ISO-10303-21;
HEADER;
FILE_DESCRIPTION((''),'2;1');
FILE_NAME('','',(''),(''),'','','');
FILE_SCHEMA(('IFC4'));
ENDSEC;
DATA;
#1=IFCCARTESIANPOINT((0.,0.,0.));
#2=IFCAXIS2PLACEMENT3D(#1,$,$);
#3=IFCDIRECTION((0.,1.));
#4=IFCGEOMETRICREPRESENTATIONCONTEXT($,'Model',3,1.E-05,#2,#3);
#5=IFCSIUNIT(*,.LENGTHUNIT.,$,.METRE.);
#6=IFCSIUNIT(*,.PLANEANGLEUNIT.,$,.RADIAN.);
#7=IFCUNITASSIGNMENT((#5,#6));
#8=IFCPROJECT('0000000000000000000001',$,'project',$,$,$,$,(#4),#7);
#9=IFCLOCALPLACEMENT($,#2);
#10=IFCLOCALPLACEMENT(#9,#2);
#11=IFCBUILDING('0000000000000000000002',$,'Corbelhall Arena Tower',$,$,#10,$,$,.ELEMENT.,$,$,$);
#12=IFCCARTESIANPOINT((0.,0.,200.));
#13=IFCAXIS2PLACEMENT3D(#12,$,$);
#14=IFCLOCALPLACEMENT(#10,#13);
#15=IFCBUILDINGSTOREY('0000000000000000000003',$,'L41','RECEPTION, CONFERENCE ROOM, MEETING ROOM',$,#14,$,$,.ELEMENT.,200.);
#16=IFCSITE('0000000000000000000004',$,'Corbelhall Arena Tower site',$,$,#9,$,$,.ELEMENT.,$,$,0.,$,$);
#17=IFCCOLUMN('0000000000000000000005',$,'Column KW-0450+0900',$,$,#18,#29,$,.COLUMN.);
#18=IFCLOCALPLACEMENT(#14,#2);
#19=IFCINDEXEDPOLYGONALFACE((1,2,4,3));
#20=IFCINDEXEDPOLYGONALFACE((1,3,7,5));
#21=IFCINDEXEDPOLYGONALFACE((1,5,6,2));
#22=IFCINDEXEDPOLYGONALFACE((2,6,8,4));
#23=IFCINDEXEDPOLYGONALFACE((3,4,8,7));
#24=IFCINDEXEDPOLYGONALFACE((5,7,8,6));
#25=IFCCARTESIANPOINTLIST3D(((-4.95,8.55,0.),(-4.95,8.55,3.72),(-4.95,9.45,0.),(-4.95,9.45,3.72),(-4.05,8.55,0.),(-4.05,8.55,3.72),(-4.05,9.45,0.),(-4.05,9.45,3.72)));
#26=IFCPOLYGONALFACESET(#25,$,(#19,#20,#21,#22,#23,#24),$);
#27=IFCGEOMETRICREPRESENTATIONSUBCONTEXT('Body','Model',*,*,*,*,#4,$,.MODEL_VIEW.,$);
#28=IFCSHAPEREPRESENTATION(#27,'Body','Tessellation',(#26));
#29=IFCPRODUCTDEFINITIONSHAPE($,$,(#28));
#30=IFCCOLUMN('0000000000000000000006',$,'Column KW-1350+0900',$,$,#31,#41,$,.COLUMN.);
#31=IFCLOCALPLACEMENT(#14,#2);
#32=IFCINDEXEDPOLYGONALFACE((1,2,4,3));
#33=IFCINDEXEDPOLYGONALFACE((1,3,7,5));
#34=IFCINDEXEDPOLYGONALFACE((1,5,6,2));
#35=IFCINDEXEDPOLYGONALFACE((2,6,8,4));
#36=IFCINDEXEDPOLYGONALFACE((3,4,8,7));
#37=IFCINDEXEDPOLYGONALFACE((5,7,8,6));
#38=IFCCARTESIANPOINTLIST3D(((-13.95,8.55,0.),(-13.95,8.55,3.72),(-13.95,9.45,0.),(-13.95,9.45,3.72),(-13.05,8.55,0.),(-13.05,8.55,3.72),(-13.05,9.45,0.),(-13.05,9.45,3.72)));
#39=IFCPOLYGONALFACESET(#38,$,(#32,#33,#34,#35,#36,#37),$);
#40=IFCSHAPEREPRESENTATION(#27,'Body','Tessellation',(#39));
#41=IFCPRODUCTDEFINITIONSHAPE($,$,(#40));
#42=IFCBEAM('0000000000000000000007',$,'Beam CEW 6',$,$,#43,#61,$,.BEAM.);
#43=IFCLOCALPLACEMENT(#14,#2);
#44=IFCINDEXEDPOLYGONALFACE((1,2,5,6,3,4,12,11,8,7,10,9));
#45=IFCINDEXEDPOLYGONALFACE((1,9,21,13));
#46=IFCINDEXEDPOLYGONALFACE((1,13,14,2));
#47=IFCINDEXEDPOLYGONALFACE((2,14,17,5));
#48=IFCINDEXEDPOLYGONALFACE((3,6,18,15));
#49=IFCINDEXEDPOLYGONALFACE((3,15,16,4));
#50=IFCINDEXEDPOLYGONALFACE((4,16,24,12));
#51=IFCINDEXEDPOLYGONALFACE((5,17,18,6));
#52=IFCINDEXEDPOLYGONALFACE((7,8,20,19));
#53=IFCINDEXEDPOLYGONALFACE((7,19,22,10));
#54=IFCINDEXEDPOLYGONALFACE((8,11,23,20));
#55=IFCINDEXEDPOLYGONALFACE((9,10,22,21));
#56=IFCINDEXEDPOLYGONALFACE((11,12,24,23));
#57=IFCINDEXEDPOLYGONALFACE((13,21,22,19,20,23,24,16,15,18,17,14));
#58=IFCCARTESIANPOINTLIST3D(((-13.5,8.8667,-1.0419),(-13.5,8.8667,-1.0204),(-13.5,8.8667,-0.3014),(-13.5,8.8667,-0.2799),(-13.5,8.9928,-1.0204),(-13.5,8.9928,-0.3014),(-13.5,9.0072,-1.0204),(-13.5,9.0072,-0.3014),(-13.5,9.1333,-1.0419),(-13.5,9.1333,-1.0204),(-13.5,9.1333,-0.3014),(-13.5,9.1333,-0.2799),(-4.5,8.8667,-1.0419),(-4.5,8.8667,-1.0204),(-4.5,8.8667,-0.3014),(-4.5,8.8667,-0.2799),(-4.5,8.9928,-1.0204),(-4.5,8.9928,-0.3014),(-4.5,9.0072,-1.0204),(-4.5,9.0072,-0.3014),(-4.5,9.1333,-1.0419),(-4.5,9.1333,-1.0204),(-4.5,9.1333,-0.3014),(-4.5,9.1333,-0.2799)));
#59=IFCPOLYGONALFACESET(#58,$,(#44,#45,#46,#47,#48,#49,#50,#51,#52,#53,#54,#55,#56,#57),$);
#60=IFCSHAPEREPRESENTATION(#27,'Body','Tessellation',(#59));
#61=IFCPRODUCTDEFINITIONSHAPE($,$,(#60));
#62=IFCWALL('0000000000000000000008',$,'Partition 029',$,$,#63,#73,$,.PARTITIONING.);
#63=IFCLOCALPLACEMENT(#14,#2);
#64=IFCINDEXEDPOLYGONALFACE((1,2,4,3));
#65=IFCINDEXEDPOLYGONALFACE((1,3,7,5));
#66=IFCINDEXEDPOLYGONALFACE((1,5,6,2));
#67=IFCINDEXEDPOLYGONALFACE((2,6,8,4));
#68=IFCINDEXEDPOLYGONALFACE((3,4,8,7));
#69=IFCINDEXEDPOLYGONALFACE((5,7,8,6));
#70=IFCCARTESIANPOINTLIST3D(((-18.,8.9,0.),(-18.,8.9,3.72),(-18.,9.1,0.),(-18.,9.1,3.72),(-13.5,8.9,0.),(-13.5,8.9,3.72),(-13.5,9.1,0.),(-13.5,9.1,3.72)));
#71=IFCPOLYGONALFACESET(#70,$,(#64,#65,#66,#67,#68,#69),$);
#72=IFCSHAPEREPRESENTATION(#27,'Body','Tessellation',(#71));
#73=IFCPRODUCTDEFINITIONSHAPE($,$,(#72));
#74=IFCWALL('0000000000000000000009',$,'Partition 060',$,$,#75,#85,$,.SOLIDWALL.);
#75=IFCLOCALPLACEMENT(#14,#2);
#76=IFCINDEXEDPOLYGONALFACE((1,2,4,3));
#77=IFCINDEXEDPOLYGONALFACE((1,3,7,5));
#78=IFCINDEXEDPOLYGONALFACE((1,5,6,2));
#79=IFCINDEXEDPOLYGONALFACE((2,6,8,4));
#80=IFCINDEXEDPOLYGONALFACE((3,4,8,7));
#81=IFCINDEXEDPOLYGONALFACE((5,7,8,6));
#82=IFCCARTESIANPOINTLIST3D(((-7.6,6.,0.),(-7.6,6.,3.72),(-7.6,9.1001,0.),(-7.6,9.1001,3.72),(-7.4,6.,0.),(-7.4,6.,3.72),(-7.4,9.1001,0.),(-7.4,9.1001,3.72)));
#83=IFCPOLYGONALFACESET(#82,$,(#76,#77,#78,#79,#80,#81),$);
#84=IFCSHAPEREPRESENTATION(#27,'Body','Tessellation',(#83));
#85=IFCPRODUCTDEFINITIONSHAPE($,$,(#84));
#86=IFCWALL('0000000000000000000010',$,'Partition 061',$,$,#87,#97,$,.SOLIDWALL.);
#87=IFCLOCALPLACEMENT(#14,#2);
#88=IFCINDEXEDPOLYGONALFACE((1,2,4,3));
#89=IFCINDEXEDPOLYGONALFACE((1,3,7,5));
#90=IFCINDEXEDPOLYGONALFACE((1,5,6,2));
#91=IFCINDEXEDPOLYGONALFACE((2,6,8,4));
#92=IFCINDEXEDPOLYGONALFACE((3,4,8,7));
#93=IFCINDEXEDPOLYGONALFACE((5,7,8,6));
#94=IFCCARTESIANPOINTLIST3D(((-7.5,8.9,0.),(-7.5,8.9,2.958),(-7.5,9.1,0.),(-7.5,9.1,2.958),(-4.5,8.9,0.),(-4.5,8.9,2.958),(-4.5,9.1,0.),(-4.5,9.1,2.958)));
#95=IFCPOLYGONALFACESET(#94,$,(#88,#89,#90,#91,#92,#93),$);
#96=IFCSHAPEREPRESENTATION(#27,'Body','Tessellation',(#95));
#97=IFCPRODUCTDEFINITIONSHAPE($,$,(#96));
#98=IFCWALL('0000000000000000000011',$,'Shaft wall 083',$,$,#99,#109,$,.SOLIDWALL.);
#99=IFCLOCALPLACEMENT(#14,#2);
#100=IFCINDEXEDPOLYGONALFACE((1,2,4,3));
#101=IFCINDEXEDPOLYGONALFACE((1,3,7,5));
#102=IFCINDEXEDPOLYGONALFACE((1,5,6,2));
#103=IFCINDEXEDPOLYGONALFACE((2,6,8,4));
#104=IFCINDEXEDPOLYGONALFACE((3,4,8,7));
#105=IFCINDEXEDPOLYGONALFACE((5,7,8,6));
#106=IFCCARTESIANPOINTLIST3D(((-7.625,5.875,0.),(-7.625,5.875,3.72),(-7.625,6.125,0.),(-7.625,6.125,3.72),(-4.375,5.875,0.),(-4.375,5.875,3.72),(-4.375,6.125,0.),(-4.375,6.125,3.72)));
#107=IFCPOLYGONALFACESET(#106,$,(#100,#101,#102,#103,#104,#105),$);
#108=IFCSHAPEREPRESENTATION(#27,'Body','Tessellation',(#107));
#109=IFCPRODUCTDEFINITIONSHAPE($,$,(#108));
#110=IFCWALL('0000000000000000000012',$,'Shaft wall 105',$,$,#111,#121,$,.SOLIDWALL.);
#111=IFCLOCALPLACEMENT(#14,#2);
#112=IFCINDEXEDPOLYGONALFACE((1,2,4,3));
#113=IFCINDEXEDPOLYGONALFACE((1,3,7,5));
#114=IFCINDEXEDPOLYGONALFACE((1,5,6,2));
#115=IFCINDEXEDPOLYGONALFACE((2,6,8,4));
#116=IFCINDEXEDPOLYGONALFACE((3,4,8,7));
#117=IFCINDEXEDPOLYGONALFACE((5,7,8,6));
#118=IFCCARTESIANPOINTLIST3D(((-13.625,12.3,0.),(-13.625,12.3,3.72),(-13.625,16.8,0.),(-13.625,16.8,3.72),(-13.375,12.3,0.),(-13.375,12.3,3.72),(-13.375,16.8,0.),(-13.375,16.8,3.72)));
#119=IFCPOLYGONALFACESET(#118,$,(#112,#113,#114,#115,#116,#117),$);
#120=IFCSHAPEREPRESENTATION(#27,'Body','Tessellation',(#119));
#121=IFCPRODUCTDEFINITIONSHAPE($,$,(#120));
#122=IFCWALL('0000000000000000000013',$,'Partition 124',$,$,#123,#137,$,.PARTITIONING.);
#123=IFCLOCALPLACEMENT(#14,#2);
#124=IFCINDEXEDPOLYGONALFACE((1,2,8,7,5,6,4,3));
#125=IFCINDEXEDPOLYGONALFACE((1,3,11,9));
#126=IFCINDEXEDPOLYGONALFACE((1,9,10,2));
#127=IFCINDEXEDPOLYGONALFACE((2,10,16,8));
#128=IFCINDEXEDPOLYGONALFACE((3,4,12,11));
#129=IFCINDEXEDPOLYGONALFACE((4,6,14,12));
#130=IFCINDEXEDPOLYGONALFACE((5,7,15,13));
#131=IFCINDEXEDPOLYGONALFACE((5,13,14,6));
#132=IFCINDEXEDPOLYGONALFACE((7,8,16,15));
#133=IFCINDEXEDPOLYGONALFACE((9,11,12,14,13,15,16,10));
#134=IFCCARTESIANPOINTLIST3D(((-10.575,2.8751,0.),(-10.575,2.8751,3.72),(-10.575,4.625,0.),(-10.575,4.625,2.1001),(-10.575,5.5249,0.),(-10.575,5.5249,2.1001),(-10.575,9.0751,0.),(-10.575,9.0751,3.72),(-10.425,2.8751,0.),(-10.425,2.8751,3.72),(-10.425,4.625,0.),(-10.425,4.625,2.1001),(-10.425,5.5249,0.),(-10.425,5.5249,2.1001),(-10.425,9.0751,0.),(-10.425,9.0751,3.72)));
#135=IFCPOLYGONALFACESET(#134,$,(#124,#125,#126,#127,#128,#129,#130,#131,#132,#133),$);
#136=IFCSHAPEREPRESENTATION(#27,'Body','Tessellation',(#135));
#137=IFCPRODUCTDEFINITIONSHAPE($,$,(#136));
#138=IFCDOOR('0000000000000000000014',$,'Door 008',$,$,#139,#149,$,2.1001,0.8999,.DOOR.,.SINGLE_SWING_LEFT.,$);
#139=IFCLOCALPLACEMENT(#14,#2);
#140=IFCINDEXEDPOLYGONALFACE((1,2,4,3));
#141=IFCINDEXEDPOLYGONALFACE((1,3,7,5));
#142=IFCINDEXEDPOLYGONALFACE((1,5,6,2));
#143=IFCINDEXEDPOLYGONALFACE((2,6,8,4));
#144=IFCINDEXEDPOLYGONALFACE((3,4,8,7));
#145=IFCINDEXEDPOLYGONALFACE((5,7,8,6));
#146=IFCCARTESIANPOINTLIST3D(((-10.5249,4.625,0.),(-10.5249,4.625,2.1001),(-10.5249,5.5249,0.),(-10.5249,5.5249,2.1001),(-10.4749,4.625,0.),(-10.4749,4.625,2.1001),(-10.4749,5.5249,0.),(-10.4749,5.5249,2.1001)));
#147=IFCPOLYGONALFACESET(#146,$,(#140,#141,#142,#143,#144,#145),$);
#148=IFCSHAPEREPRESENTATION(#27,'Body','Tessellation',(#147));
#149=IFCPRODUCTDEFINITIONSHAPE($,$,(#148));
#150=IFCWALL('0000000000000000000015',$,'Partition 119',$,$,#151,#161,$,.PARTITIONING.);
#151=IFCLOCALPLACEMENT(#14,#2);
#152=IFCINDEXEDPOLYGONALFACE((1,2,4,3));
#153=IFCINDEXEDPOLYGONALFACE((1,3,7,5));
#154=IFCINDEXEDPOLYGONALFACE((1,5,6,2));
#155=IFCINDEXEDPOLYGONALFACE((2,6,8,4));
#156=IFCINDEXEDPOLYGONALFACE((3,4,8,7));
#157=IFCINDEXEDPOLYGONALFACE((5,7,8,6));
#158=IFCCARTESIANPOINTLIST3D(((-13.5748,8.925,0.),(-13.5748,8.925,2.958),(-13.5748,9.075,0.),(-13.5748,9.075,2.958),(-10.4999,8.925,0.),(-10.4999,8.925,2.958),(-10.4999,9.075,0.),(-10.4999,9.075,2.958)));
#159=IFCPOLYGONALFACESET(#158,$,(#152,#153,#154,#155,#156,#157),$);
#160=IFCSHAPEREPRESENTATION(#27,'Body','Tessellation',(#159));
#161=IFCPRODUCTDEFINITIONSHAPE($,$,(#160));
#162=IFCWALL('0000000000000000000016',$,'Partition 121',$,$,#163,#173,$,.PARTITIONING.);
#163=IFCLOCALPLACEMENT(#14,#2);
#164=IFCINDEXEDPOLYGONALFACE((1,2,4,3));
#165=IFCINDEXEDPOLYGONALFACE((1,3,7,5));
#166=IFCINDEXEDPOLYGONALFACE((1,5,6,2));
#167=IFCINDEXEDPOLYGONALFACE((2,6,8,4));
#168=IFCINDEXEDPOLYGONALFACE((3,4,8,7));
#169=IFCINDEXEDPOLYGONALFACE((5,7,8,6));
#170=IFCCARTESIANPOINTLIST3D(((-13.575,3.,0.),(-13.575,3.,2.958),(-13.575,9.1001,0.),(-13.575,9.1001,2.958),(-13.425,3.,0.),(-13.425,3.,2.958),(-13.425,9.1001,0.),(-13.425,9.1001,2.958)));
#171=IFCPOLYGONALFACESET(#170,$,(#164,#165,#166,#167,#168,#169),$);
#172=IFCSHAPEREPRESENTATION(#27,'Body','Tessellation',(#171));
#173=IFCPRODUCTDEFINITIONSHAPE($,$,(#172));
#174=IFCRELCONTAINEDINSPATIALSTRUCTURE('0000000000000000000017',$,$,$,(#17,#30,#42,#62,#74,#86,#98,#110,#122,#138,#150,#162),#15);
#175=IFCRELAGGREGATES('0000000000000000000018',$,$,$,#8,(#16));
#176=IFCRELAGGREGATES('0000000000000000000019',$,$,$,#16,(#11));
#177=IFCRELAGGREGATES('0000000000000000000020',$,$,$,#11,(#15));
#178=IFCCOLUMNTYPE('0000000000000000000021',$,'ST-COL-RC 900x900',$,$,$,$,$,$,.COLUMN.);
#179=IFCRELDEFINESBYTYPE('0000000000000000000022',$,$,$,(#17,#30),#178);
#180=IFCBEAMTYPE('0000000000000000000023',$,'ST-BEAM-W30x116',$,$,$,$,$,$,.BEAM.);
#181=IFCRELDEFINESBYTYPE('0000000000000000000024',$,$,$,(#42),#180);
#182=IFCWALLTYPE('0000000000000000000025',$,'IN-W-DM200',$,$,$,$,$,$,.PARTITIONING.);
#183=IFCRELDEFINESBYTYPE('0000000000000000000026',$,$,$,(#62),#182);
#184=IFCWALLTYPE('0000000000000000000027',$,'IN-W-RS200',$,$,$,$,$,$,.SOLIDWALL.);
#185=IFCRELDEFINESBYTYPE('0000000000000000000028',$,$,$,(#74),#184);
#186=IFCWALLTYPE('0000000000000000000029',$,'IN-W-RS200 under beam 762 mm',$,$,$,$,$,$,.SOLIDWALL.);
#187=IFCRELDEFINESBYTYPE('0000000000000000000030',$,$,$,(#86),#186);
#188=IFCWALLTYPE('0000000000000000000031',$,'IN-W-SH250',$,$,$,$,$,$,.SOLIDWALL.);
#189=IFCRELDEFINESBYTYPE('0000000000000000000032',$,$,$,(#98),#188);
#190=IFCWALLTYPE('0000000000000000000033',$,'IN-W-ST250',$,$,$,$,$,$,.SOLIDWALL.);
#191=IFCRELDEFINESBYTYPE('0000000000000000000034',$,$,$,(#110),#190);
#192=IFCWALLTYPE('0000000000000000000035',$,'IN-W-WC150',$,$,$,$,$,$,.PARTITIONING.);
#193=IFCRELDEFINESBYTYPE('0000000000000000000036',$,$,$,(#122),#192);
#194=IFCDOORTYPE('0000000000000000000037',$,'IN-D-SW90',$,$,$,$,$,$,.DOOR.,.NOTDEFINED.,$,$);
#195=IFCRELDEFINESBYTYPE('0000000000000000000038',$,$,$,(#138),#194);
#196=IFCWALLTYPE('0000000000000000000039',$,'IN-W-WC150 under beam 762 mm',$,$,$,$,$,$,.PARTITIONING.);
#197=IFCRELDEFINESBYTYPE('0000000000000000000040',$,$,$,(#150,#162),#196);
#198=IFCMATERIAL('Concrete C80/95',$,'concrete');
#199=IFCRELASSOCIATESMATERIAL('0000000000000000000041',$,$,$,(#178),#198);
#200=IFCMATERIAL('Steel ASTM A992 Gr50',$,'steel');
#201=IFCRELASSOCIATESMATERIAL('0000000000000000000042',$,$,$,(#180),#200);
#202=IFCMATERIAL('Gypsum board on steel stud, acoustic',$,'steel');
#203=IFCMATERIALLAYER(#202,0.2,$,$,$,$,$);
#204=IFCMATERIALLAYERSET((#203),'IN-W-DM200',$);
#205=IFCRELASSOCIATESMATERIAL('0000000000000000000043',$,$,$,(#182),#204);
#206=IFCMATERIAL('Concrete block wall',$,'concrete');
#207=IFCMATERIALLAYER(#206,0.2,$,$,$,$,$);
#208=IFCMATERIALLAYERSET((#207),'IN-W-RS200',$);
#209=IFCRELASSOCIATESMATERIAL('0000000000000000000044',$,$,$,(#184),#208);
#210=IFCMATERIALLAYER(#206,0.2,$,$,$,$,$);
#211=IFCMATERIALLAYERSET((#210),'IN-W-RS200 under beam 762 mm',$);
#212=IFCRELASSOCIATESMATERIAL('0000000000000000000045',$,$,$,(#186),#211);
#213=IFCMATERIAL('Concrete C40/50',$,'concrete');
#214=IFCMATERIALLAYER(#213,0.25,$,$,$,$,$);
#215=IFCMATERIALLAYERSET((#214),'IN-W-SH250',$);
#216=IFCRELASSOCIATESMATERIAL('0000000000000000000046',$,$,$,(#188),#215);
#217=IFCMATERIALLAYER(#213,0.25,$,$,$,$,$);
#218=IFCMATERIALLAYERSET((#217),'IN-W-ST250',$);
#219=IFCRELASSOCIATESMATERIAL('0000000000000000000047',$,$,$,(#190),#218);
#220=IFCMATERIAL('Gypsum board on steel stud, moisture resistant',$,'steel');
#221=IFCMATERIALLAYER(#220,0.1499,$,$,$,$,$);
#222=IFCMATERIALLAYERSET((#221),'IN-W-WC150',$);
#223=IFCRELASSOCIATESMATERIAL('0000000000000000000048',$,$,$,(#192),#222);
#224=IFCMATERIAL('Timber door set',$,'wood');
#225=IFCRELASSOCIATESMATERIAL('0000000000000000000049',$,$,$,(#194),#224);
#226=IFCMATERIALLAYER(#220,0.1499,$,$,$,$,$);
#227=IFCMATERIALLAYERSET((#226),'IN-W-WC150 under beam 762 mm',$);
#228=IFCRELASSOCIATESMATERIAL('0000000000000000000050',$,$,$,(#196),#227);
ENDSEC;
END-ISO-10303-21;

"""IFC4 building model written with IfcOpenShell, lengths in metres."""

from ifc_helpers import new_model, si_unit, direction, frame, frame_2d, origin, origin_2d, place, context, subcontext, project, spatial, rectangle, i_section, extrude, material, layer, layer_set, material_profile, profile_set, type_object, element, fill, save


model = new_model("IFC4")

# Units and contexts
model_context = context("Model", 3, precision=1e-05, world=origin(), true_north=direction((0.0, 1.0)))
body_context = subcontext(model_context, "Body", "Model", "MODEL_VIEW")
ifc_project = project(units=[si_unit("LENGTHUNIT", "METRE"), si_unit("PLANEANGLEUNIT", "RADIAN")], contexts=[model_context])

# Site, building, storey
site_placement = place(None, origin())
site = spatial("IfcSite", under=ifc_project, at=site_placement, Name="Corbelhall Arena Tower site", CompositionType="ELEMENT", RefElevation=0.0)
building_placement = place(site_placement, origin())
building = spatial("IfcBuilding", under=site, at=building_placement, Name="Corbelhall Arena Tower", CompositionType="ELEMENT")
storey_placement = place(building_placement, frame((0.0, 0.0, 200.0)))
storey = spatial("IfcBuildingStorey", under=building, at=storey_placement, Name="L41", Description="RECEPTION, CONFERENCE ROOM, MEETING ROOM", CompositionType="ELEMENT", Elevation=200.0)

# Columns
ifc_material_1 = material(Name="Concrete C80/95", Category="concrete")
ifc_material_profile_1 = material_profile(ifc_material_1, rectangle(XDim=0.8999, YDim=0.8999, at=origin_2d()))
ifc_profile_set_1 = profile_set([ifc_material_profile_1], Name="Concrete C80/95")
column_type = type_object("IfcColumnType", Name="ST-COL-RC 900x900", PredefinedType="COLUMN", material=ifc_profile_set_1)
for number, where, z_axis, x_axis, name in (
    (1, (-4.5, 9.0, 0.0), (0.0, 0.0, 1.0), (1.0, 0.0, 0.0), "Column KW-0450+0900"),
    (2, (-13.5, 9.0, 0.0), (0.0, 0.0, 1.0), (1.0, 0.0, 0.0), "Column KW-1350+0900"),
):
    element("IfcColumn", number, at=place(storey_placement, frame(where, z_axis=z_axis, x_axis=x_axis)), inside=storey, type_object=column_type, Name=name, PredefinedType="COLUMN", context=body_context, shape_type="SweptSolid", body=[
        extrude(rectangle(XDim=0.8999, YDim=0.8999, at=origin_2d()), origin(), (0.0, 0.0, 1.0), 3.72),
    ])

# Beam
ifc_material_2 = material(Name="Steel ASTM A992 Gr50", Category="steel")
ifc_material_profile_2 = material_profile(ifc_material_2, i_section(OverallWidth=0.2666, OverallDepth=0.762, WebThickness=0.0144, FlangeThickness=0.0215, at=origin_2d()))
ifc_profile_set_2 = profile_set([ifc_material_profile_2], Name="Steel ASTM A992 Gr50")
beam_type = type_object("IfcBeamType", Name="ST-BEAM-W30x116", PredefinedType="BEAM", material=ifc_profile_set_2)
beam_placement = place(storey_placement, frame((-13.5, 9.0, -0.6609), z_axis=(1.0, 0.0, 0.0), x_axis=(0.0, 1.0, 0.0)))
element("IfcBeam", 3, at=beam_placement, inside=storey, type_object=beam_type, Name="Beam CEW 6", PredefinedType="BEAM", context=body_context, shape_type="SweptSolid", body=[
    extrude(i_section(OverallWidth=0.2666, OverallDepth=0.762, WebThickness=0.0144, FlangeThickness=0.0215, at=origin_2d()), origin(), (0.0, 0.0, 1.0), 9.0),
])

# Walls
ifc_material_3 = material(Name="Gypsum board on steel stud, acoustic", Category="steel")
ifc_layer_1 = layer(ifc_material_3, 0.2)
ifc_layer_set_1 = layer_set([ifc_layer_1], Name="IN-W-DM200")
wall_type_1 = type_object("IfcWallType", Name="IN-W-DM200", PredefinedType="PARTITIONING", material=ifc_layer_set_1)
wall_1_placement = place(storey_placement, frame((-13.5, 9.0, 0.0), z_axis=(0.0, 0.0, 1.0), x_axis=(-1.0, 0.0, 0.0)))
element("IfcWall", 4, at=wall_1_placement, inside=storey, type_object=wall_type_1, Name="Partition 029", PredefinedType="PARTITIONING", context=body_context, shape_type="SweptSolid", body=[
    extrude(rectangle(XDim=4.5, YDim=0.2, at=frame_2d((2.25, 0.0))), origin(), (0.0, 0.0, 1.0), 3.72),
])
ifc_material_4 = material(Name="Concrete block wall", Category="concrete")
ifc_layer_2 = layer(ifc_material_4, 0.2)
ifc_layer_set_2 = layer_set([ifc_layer_2], Name="IN-W-RS200")
wall_type_2 = type_object("IfcWallType", Name="IN-W-RS200", PredefinedType="SOLIDWALL", material=ifc_layer_set_2)
wall_2_placement = place(storey_placement, frame((-7.5, 6.0, 0.0), z_axis=(0.0, 0.0, 1.0), x_axis=(0.0, 1.0, 0.0)))
element("IfcWall", 5, at=wall_2_placement, inside=storey, type_object=wall_type_2, Name="Partition 060", PredefinedType="SOLIDWALL", context=body_context, shape_type="SweptSolid", body=[
    extrude(rectangle(XDim=3.1001, YDim=0.2, at=frame_2d((1.55, 0.0))), origin(), (0.0, 0.0, 1.0), 3.72),
])
ifc_layer_3 = layer(ifc_material_4, 0.2)
ifc_layer_set_3 = layer_set([ifc_layer_3], Name="IN-W-RS200 under beam 762 mm")
wall_type_3 = type_object("IfcWallType", Name="IN-W-RS200 under beam 762 mm", PredefinedType="SOLIDWALL", material=ifc_layer_set_3)
wall_3_placement = place(storey_placement, frame((-7.5, 9.0, 0.0), z_axis=(0.0, 0.0, 1.0), x_axis=(1.0, 0.0, 0.0)))
element("IfcWall", 6, at=wall_3_placement, inside=storey, type_object=wall_type_3, Name="Partition 061", PredefinedType="SOLIDWALL", context=body_context, shape_type="SweptSolid", body=[
    extrude(rectangle(XDim=3.0, YDim=0.2, at=frame_2d((1.5, 0.0))), origin(), (0.0, 0.0, 1.0), 2.958),
])
ifc_material_5 = material(Name="Concrete C40/50", Category="concrete")
ifc_layer_4 = layer(ifc_material_5, 0.25)
ifc_layer_set_4 = layer_set([ifc_layer_4], Name="IN-W-SH250")
wall_type_4 = type_object("IfcWallType", Name="IN-W-SH250", PredefinedType="SOLIDWALL", material=ifc_layer_set_4)
wall_4_placement = place(storey_placement, frame((-7.625, 6.0, 0.0), z_axis=(0.0, 0.0, 1.0), x_axis=(1.0, 0.0, 0.0)))
element("IfcWall", 7, at=wall_4_placement, inside=storey, type_object=wall_type_4, Name="Shaft wall 083", PredefinedType="SOLIDWALL", context=body_context, shape_type="SweptSolid", body=[
    extrude(rectangle(XDim=3.25, YDim=0.25, at=frame_2d((1.625, 0.0))), origin(), (0.0, 0.0, 1.0), 3.72),
])
ifc_layer_5 = layer(ifc_material_5, 0.25)
ifc_layer_set_5 = layer_set([ifc_layer_5], Name="IN-W-ST250")
wall_type_5 = type_object("IfcWallType", Name="IN-W-ST250", PredefinedType="SOLIDWALL", material=ifc_layer_set_5)
wall_5_placement = place(storey_placement, frame((-13.5, 12.3, 0.0), z_axis=(0.0, 0.0, 1.0), x_axis=(0.0, 1.0, 0.0)))
element("IfcWall", 8, at=wall_5_placement, inside=storey, type_object=wall_type_5, Name="Shaft wall 105", PredefinedType="SOLIDWALL", context=body_context, shape_type="SweptSolid", body=[
    extrude(rectangle(XDim=4.5, YDim=0.25, at=frame_2d((2.25, 0.0))), origin(), (0.0, 0.0, 1.0), 3.72),
])

# Wall, opening, door
ifc_material_6 = material(Name="Gypsum board on steel stud, moisture resistant", Category="steel")
ifc_layer_6 = layer(ifc_material_6, 0.1499)
ifc_layer_set_6 = layer_set([ifc_layer_6], Name="IN-W-WC150")
wall_type_6 = type_object("IfcWallType", Name="IN-W-WC150", PredefinedType="PARTITIONING", material=ifc_layer_set_6)
wall_6_placement = place(storey_placement, frame((-10.5, 2.875, 0.0), z_axis=(0.0, 0.0, 1.0), x_axis=(0.0, 1.0, 0.0)))
wall_6 = element("IfcWall", 9, at=wall_6_placement, inside=storey, type_object=wall_type_6, Name="Partition 124", PredefinedType="PARTITIONING", context=body_context, shape_type="SweptSolid", body=[
    extrude(rectangle(XDim=6.2, YDim=0.1499, at=frame_2d((3.1001, 0.0))), origin(), (0.0, 0.0, 1.0), 3.72),
])
opening_placement = place(wall_6_placement, frame((1.75, 0.0, 0.0)))
opening = element("IfcOpeningElement", 10, at=opening_placement, cuts=wall_6, PredefinedType="OPENING", context=body_context, shape_type="SweptSolid", body=[
    extrude(rectangle(XDim=0.8999, YDim=2.1001, at=frame_2d((0.45, 1.05))), frame((0.0, 0.075, 0.0), z_axis=(0.0, -1.0, 0.0), x_axis=(1.0, 0.0, 0.0)), (0.0, 0.0, 1.0), 0.1499),
])
ifc_material_7 = material(Name="Timber door set", Category="wood")
door_type = type_object("IfcDoorType", Name="IN-D-SW90", OperationType="NOTDEFINED", PredefinedType="DOOR", material=ifc_material_7)
door_placement = place(opening_placement, origin())
door = element("IfcDoor", 11, at=door_placement, inside=storey, type_object=door_type, Name="Door 008", OperationType="SINGLE_SWING_LEFT", OverallHeight=2.1001, OverallWidth=0.8999, PredefinedType="DOOR", context=body_context, shape_type="SweptSolid", body=[
    extrude(rectangle(XDim=0.8999, YDim=2.1001, at=frame_2d((0.45, 1.05))), frame((0.0, 0.0249, 0.0), z_axis=(0.0, -1.0, 0.0), x_axis=(1.0, 0.0, 0.0)), (0.0, 0.0, 1.0), 0.05),
])
fill(opening, door)

# Walls
ifc_layer_7 = layer(ifc_material_6, 0.1499)
ifc_layer_set_7 = layer_set([ifc_layer_7], Name="IN-W-WC150 under beam 762 mm")
wall_type_7 = type_object("IfcWallType", Name="IN-W-WC150 under beam 762 mm", PredefinedType="PARTITIONING", material=ifc_layer_set_7)
wall_7_placement = place(storey_placement, frame((-13.575, 9.0, 0.0), z_axis=(0.0, 0.0, 1.0), x_axis=(1.0, 0.0, 0.0)))
element("IfcWall", 12, at=wall_7_placement, inside=storey, type_object=wall_type_7, Name="Partition 119", PredefinedType="PARTITIONING", context=body_context, shape_type="SweptSolid", body=[
    extrude(rectangle(XDim=3.075, YDim=0.1499, at=frame_2d((1.5376, 0.0))), origin(), (0.0, 0.0, 1.0), 2.958),
])
wall_8_placement = place(storey_placement, frame((-13.5, 3.0, 0.0), z_axis=(0.0, 0.0, 1.0), x_axis=(0.0, 1.0, 0.0)))
element("IfcWall", 13, at=wall_8_placement, inside=storey, type_object=wall_type_7, Name="Partition 121", PredefinedType="PARTITIONING", context=body_context, shape_type="SweptSolid", body=[
    extrude(rectangle(XDim=6.1001, YDim=0.1499, at=frame_2d((3.05, 0.0))), origin(), (0.0, 0.0, 1.0), 2.958),
])

save(model, "model.ifc")
